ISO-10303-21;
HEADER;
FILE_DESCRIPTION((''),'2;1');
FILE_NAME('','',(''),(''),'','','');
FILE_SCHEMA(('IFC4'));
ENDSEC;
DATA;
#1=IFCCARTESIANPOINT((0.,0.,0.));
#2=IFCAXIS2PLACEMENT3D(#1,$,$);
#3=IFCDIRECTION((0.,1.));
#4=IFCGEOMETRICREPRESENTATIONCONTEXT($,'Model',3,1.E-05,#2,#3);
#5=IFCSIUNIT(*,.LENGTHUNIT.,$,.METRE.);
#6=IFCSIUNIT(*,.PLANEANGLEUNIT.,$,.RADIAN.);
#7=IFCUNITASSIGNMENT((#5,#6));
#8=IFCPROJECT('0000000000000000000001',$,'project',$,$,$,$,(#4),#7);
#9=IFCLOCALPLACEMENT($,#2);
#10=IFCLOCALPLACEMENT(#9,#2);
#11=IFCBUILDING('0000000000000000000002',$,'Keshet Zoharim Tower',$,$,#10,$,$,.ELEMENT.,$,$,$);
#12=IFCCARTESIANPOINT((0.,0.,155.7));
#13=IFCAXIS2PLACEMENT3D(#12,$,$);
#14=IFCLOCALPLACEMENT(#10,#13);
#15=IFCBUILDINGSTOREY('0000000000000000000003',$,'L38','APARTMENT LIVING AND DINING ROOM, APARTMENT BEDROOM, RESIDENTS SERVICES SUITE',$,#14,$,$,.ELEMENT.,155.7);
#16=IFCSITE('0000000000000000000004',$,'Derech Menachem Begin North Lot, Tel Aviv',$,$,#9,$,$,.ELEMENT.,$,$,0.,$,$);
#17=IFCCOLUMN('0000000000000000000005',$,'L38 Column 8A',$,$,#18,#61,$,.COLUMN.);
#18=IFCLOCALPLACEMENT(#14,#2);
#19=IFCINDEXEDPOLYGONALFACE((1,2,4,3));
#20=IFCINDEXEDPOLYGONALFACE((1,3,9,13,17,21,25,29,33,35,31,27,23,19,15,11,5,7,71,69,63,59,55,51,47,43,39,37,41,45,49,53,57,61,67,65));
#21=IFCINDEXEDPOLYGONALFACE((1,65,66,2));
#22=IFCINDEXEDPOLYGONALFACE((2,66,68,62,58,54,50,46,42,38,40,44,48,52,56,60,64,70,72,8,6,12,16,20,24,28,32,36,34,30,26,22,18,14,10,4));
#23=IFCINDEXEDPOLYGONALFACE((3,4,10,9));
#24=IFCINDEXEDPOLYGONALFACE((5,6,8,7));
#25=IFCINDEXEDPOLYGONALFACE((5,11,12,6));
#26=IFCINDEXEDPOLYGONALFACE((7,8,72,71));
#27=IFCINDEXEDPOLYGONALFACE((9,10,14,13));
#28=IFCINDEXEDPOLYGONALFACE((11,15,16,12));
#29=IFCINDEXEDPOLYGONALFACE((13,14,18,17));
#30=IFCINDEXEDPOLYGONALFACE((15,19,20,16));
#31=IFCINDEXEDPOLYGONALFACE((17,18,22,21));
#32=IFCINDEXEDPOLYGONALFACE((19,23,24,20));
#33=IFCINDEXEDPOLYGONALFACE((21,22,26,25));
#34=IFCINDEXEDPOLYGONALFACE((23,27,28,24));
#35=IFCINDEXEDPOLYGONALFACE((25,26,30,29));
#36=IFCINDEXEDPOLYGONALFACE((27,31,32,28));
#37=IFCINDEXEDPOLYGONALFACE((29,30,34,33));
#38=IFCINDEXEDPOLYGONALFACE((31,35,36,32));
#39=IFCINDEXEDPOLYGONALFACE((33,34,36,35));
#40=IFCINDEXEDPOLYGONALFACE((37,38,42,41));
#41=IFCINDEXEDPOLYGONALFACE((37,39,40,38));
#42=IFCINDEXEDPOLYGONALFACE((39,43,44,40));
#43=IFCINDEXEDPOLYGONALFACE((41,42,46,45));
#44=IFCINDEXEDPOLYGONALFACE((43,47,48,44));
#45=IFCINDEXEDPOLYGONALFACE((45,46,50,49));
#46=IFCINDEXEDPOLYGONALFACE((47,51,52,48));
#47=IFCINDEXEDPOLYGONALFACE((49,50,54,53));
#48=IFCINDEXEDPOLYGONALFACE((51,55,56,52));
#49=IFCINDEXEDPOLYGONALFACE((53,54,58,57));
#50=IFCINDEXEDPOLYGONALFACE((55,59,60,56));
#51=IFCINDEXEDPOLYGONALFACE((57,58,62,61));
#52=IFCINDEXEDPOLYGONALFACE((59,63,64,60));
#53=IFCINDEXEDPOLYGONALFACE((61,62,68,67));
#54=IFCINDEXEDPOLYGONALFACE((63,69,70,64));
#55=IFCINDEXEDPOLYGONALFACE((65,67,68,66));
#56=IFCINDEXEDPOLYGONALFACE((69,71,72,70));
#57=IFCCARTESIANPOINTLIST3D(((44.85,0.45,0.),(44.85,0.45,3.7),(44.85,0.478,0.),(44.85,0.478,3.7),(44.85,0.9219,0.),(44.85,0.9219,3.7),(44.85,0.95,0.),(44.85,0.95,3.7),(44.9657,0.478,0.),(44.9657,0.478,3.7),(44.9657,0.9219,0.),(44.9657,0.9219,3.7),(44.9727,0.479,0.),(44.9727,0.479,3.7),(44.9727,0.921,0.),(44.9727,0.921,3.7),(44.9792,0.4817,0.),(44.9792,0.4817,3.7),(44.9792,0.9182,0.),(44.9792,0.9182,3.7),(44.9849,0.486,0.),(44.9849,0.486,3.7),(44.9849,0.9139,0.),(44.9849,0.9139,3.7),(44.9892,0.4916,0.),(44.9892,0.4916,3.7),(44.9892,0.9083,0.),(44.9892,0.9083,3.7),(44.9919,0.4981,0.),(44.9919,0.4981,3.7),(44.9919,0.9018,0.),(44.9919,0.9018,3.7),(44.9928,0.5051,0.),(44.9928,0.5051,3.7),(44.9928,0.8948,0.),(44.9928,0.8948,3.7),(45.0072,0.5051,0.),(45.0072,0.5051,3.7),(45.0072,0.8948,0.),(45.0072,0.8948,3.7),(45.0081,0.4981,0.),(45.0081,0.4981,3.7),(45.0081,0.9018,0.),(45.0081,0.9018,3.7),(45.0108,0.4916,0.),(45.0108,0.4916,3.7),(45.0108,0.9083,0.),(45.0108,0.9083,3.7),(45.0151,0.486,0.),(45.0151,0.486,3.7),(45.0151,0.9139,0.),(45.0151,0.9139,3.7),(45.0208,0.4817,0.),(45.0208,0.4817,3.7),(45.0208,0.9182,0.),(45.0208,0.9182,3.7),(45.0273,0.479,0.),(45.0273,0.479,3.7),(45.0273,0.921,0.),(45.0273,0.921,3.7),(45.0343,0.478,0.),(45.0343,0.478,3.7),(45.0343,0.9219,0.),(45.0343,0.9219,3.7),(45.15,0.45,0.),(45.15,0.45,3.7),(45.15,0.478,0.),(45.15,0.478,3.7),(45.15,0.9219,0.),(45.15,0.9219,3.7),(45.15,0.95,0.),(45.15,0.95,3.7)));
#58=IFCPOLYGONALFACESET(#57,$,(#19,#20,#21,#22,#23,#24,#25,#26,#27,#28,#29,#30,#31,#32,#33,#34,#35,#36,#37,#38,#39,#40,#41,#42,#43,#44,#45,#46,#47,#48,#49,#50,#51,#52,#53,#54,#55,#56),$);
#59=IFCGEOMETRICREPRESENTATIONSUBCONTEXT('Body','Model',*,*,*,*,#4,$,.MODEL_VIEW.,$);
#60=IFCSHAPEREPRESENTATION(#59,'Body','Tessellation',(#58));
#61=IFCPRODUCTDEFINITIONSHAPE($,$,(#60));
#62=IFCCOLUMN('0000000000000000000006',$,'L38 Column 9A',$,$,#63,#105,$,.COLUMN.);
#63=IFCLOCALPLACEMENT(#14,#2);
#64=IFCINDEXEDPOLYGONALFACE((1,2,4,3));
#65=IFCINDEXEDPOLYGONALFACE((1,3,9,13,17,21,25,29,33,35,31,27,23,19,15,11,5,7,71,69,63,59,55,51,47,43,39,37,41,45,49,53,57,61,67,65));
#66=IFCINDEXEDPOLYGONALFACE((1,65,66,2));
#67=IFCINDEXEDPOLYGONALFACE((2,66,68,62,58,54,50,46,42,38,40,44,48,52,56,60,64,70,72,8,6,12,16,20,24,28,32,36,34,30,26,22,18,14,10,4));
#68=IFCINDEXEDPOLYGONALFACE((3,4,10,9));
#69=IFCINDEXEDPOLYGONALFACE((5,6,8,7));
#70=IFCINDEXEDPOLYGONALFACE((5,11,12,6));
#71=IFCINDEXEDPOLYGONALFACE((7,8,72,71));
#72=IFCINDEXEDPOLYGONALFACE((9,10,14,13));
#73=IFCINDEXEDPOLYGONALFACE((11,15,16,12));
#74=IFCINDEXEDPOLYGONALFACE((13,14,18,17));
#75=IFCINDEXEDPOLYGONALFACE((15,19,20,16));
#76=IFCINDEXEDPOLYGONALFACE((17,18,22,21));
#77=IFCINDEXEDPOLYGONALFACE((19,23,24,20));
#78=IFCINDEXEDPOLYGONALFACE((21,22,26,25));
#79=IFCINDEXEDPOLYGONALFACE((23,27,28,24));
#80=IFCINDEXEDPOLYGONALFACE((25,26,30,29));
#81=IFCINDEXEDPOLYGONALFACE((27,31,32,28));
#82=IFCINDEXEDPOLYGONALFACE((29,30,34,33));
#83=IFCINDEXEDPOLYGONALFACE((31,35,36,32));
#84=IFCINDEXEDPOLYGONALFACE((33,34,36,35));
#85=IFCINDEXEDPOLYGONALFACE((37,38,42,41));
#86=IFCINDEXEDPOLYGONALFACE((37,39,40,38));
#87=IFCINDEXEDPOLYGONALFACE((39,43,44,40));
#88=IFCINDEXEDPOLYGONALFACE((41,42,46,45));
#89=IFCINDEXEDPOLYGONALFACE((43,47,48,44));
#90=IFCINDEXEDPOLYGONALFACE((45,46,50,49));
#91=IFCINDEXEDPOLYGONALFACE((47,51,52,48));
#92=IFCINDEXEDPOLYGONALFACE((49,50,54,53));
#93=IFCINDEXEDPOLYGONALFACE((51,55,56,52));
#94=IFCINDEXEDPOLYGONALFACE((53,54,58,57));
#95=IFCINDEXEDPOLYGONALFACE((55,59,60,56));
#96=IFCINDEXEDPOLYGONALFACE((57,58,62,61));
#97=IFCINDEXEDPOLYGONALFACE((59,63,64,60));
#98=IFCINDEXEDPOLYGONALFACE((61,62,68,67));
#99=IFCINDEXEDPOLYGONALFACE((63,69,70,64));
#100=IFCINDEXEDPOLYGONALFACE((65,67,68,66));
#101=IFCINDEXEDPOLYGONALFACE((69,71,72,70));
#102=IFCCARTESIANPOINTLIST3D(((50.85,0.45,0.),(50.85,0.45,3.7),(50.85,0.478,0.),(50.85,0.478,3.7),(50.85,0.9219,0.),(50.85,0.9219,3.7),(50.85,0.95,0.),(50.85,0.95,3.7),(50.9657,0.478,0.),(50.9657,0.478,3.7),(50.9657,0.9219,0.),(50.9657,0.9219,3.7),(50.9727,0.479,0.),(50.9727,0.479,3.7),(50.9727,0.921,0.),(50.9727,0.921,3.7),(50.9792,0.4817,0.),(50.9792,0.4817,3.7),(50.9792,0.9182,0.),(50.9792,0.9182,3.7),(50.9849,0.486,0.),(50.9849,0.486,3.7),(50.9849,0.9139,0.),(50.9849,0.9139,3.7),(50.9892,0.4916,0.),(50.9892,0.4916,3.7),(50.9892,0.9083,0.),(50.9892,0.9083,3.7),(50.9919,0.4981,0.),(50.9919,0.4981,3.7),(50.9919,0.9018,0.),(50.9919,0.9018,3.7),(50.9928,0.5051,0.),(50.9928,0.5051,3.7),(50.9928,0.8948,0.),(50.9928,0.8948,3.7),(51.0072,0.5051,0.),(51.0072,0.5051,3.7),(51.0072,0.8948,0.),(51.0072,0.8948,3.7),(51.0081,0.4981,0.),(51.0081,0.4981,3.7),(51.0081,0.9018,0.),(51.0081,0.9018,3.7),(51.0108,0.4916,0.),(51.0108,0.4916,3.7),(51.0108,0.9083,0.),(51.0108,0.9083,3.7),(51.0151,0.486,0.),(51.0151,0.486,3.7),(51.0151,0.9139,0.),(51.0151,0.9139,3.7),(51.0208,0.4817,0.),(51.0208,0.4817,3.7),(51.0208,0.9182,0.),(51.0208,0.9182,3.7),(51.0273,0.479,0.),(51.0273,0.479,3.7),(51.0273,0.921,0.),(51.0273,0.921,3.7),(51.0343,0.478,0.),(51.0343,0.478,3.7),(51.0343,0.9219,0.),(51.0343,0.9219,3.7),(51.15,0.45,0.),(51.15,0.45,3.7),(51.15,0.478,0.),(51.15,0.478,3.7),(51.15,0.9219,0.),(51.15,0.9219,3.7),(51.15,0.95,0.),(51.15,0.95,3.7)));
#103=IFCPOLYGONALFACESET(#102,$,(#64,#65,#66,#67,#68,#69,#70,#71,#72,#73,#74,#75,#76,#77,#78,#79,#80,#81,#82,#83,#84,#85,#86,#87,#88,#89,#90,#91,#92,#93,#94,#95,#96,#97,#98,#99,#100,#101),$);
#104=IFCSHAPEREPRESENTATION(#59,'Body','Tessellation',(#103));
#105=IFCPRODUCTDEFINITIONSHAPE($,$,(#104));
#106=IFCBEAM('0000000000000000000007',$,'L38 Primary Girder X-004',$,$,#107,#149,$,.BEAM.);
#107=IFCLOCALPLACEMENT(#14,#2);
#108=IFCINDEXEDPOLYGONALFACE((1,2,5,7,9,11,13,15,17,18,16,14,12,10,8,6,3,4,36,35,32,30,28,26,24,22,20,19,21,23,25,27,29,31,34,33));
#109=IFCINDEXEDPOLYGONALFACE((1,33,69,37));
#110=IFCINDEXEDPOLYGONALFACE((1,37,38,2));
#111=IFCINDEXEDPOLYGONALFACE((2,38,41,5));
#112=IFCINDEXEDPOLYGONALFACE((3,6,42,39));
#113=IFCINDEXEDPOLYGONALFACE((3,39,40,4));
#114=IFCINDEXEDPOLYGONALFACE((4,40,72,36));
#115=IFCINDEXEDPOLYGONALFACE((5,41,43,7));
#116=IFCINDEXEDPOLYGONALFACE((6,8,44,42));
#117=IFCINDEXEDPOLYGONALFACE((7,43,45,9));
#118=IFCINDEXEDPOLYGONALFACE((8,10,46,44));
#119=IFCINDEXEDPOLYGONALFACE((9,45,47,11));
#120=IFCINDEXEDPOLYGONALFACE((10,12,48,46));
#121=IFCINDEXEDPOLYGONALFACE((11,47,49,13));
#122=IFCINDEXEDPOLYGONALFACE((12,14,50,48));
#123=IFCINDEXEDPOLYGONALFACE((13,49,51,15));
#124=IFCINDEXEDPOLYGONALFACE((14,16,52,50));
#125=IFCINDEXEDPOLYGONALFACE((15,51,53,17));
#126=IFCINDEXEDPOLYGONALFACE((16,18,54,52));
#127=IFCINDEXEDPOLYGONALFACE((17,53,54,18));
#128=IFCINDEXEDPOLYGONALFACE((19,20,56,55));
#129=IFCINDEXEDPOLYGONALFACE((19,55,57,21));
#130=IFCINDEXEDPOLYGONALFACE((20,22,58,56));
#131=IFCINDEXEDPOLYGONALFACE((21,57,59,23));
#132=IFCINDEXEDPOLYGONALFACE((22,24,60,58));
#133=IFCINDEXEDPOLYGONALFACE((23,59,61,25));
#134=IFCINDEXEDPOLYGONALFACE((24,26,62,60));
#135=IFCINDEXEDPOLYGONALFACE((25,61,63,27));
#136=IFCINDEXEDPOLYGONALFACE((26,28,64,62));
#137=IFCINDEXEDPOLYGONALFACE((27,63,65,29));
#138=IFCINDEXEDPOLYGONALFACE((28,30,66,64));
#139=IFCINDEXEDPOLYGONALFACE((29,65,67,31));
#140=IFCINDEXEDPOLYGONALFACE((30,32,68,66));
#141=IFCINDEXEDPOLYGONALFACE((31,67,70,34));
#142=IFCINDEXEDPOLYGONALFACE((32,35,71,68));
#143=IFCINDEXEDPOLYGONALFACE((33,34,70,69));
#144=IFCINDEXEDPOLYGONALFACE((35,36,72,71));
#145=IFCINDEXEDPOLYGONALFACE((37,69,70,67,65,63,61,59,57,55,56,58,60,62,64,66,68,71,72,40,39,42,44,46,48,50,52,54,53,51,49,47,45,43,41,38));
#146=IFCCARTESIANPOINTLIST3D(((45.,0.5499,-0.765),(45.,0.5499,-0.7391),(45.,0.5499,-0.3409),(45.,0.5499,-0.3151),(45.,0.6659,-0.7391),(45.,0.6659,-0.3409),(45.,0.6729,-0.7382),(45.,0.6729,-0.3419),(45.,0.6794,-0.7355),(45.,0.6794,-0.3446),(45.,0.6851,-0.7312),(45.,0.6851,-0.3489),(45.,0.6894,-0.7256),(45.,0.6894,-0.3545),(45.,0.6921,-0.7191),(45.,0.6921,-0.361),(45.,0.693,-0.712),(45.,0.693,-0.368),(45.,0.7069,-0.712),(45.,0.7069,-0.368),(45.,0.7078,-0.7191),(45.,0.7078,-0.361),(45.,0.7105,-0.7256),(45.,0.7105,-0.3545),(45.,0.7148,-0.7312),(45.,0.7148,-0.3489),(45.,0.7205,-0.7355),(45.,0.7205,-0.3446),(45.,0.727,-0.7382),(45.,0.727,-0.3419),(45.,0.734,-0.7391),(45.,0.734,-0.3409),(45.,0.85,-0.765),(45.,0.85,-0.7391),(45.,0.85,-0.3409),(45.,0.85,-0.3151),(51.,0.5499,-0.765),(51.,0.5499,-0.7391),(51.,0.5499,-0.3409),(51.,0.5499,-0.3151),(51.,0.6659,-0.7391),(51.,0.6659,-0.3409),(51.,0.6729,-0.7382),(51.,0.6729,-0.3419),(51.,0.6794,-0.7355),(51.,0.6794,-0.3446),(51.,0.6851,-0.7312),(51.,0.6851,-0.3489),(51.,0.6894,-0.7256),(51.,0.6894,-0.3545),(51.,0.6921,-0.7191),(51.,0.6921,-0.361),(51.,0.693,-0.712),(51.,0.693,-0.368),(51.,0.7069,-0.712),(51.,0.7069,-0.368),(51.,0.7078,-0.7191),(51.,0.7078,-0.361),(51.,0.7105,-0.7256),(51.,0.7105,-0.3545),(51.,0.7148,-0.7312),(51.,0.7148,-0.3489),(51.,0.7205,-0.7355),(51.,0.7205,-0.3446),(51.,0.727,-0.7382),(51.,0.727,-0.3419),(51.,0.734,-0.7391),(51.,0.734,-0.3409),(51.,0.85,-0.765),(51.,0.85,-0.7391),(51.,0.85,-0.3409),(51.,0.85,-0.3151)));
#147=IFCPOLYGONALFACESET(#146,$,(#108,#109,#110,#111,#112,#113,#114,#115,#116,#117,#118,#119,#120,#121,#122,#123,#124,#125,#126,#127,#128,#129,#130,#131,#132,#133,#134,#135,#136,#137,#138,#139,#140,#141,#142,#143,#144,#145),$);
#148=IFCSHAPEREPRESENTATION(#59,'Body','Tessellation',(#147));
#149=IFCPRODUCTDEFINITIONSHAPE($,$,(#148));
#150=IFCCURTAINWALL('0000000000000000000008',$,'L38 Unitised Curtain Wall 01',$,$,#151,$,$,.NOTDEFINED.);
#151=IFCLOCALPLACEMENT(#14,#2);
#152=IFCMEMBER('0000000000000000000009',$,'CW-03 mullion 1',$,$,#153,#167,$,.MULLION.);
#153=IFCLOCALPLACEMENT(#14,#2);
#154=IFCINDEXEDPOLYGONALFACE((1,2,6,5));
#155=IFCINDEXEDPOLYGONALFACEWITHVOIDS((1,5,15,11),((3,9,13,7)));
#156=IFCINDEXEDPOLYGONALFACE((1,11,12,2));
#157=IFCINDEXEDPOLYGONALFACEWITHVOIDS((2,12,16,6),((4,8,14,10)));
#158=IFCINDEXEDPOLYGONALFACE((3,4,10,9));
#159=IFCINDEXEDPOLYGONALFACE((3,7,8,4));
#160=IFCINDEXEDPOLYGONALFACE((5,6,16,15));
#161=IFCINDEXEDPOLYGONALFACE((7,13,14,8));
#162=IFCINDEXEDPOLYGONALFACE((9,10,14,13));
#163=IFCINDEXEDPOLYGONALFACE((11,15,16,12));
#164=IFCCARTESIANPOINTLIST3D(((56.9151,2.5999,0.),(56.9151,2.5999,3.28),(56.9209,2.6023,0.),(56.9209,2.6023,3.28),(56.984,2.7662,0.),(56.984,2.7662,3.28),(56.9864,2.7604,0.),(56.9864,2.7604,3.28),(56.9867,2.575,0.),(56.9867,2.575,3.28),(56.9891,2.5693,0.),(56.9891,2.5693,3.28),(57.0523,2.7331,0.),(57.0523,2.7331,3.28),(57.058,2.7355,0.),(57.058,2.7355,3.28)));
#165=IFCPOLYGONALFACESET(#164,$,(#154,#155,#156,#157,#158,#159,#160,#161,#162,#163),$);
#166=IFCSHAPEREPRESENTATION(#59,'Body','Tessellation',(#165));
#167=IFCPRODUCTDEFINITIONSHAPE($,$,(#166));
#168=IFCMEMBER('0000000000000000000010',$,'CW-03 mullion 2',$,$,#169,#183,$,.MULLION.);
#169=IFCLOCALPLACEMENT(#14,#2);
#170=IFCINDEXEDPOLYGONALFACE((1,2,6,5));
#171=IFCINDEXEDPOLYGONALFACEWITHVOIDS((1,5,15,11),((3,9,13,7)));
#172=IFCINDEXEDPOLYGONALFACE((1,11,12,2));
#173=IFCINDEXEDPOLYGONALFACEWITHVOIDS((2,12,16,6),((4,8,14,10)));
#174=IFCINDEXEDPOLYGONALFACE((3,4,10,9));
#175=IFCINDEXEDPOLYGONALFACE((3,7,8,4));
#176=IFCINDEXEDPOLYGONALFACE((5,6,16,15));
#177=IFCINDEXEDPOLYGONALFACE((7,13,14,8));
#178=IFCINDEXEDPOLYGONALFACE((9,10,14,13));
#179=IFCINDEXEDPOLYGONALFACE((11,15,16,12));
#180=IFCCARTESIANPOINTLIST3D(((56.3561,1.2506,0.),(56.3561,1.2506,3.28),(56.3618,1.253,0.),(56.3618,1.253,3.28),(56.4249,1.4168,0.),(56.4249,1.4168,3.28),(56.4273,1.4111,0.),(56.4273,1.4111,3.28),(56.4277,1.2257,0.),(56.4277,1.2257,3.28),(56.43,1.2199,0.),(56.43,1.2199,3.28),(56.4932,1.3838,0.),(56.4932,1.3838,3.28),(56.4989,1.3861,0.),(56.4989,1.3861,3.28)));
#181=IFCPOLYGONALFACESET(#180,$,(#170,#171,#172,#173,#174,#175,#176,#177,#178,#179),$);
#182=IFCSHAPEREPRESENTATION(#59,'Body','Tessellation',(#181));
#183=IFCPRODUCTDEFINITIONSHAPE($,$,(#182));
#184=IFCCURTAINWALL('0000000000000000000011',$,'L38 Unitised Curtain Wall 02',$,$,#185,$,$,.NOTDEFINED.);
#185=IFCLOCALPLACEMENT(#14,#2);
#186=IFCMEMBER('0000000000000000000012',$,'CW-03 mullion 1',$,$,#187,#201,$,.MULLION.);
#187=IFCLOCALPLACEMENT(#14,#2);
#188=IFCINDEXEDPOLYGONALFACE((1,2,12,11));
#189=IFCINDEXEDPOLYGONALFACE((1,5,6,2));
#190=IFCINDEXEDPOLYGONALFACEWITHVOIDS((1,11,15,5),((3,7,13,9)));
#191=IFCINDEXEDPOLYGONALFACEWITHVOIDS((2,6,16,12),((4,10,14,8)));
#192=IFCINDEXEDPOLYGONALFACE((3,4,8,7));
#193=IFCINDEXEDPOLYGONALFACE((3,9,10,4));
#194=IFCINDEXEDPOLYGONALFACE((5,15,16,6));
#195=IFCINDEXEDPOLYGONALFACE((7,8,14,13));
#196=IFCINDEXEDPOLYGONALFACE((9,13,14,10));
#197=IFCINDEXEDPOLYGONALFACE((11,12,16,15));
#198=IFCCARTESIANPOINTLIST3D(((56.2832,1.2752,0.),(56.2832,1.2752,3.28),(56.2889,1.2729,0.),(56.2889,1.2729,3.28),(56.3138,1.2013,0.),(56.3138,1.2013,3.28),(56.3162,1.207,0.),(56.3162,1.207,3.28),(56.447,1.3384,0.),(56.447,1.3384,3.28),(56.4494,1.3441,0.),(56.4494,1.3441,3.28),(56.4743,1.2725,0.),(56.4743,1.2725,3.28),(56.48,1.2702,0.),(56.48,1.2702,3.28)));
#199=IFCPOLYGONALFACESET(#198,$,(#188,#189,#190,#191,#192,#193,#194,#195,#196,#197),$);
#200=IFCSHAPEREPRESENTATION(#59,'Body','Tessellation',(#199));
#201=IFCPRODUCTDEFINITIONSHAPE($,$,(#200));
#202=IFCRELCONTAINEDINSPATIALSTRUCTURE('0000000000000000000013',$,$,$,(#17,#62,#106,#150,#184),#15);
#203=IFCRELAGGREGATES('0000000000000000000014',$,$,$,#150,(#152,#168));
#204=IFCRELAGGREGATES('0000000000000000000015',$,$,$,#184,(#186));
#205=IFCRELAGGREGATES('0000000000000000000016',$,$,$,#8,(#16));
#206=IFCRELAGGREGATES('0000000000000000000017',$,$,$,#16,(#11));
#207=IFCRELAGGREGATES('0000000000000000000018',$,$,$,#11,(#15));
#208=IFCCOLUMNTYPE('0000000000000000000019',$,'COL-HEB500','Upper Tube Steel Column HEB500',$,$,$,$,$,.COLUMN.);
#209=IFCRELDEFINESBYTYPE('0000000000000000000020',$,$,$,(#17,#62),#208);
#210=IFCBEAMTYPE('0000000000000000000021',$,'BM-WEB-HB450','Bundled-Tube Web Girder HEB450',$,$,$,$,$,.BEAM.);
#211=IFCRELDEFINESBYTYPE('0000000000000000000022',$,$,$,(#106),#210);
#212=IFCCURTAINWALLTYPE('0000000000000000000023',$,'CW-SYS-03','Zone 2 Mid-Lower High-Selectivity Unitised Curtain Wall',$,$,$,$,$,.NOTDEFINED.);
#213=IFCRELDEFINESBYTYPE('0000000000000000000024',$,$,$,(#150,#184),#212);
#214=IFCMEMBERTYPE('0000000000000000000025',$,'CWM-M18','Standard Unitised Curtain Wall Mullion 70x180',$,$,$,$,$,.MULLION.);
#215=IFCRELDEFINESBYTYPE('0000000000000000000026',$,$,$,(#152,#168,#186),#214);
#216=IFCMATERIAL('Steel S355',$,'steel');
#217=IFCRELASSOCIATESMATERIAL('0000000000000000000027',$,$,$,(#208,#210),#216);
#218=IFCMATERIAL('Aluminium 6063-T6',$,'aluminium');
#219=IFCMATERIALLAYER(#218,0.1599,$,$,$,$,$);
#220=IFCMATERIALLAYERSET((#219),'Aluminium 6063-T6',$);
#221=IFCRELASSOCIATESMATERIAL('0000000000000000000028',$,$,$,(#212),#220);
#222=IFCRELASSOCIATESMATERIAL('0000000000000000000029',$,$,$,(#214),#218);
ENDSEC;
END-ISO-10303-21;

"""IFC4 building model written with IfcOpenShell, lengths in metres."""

from ifc_helpers import new_model, si_unit, direction, frame, origin, origin_2d, place, context, subcontext, project, spatial, hollow_rectangle, i_section, extrude, material, layer, layer_set, material_profile, profile_set, type_object, element, aggregate, save


model = new_model("IFC4")

# Units and contexts
model_context = context("Model", 3, precision=1e-05, world=origin(), true_north=direction((0.0, 1.0)))
body_context = subcontext(model_context, "Body", "Model", "MODEL_VIEW")
ifc_project = project(units=[si_unit("LENGTHUNIT", "METRE"), si_unit("PLANEANGLEUNIT", "RADIAN")], contexts=[model_context])

# Site, building, storey
site_placement = place(None, origin())
site = spatial("IfcSite", under=ifc_project, at=site_placement, Name="Derech Menachem Begin North Lot, Tel Aviv", CompositionType="ELEMENT", RefElevation=0.0)
building_placement = place(site_placement, origin())
building = spatial("IfcBuilding", under=site, at=building_placement, Name="Keshet Zoharim Tower", CompositionType="ELEMENT")
storey_placement = place(building_placement, frame((0.0, 0.0, 155.7)))
storey = spatial("IfcBuildingStorey", under=building, at=storey_placement, Name="L38", Description="APARTMENT LIVING AND DINING ROOM, APARTMENT BEDROOM, RESIDENTS SERVICES SUITE", CompositionType="ELEMENT", Elevation=155.7)

# Columns
ifc_material_1 = material(Name="Steel S355", Category="steel")
ifc_material_profile_1 = material_profile(ifc_material_1, i_section(OverallWidth=0.3, OverallDepth=0.5, WebThickness=0.0144, FlangeThickness=0.0281, FilletRadius=0.0271, at=origin_2d()), Name="HEB500")
ifc_profile_set_1 = profile_set([ifc_material_profile_1], Name="Steel S355")
column_type = type_object("IfcColumnType", Name="COL-HEB500", Description="Upper Tube Steel Column HEB500", PredefinedType="COLUMN", material=ifc_profile_set_1)
for number, where, z_axis, x_axis, name in (
    (1, (45.0, 0.7, 0.0), (0.0, 0.0, 1.0), (1.0, 0.0, 0.0), "L38 Column 8A"),
    (2, (51.0, 0.7, 0.0), (0.0, 0.0, 1.0), (1.0, 0.0, 0.0), "L38 Column 9A"),
):
    element("IfcColumn", number, at=place(storey_placement, frame(where, z_axis=z_axis, x_axis=x_axis)), inside=storey, type_object=column_type, Name=name, PredefinedType="COLUMN", context=body_context, shape_type="SweptSolid", body=[
        extrude(i_section(OverallWidth=0.3, OverallDepth=0.5, WebThickness=0.0144, FlangeThickness=0.0281, FilletRadius=0.0271, at=origin_2d()), origin(), (0.0, 0.0, 1.0), 3.7),
    ])

# Beam
ifc_material_profile_2 = material_profile(ifc_material_1, i_section(OverallWidth=0.3, OverallDepth=0.45, WebThickness=0.0139, FlangeThickness=0.0259, FilletRadius=0.0271, at=origin_2d()), Name="HEB450")
ifc_profile_set_2 = profile_set([ifc_material_profile_2], Name="Steel S355")
beam_type = type_object("IfcBeamType", Name="BM-WEB-HB450", Description="Bundled-Tube Web Girder HEB450", PredefinedType="BEAM", material=ifc_profile_set_2)
beam_placement = place(storey_placement, frame((45.0, 0.7, -0.54), z_axis=(1.0, 0.0, 0.0), x_axis=(0.0, 1.0, 0.0)))
element("IfcBeam", 3, at=beam_placement, inside=storey, type_object=beam_type, Name="L38 Primary Girder X-004", PredefinedType="BEAM", context=body_context, shape_type="SweptSolid", body=[
    extrude(i_section(OverallWidth=0.3, OverallDepth=0.45, WebThickness=0.0139, FlangeThickness=0.0259, FilletRadius=0.0271, at=origin_2d()), origin(), (0.0, 0.0, 1.0), 6.0),
])

# Curtain walls, members
ifc_material_2 = material(Name="Aluminium 6063-T6", Category="aluminium")
ifc_layer_1 = layer(ifc_material_2, 0.1599)
ifc_layer_set_1 = layer_set([ifc_layer_1], Name="Aluminium 6063-T6")
curtain_wall_type = type_object("IfcCurtainWallType", Name="CW-SYS-03", Description="Zone 2 Mid-Lower High-Selectivity Unitised Curtain Wall", PredefinedType="NOTDEFINED", material=ifc_layer_set_1)
curtain_wall_1_placement = place(storey_placement, origin())
curtain_wall_1 = element("IfcCurtainWall", 4, at=curtain_wall_1_placement, inside=storey, type_object=curtain_wall_type, Name="L38 Unitised Curtain Wall 01", PredefinedType="NOTDEFINED")
ifc_material_profile_3 = material_profile(ifc_material_2, hollow_rectangle(XDim=0.0801, YDim=0.1799, WallThickness=0.0044, at=origin_2d()), Name="MUL-80x180")
ifc_profile_set_3 = profile_set([ifc_material_profile_3], Name="Aluminium 6063-T6")
member_type_1 = type_object("IfcMemberType", Name="CWM-M18", Description="Standard Unitised Curtain Wall Mullion 70x180", PredefinedType="MULLION", material=ifc_profile_set_3)
member_1_placement = place(storey_placement, frame((56.9866, 2.6677, 0.0), z_axis=(0.0, 0.0, 1.0), x_axis=(0.92381, -0.382852, 0.0)))
member_1 = element("IfcMember", 5, at=member_1_placement, type_object=member_type_1, Name="CW-03 mullion 1", PredefinedType="MULLION", context=body_context, shape_type="SweptSolid", body=[
    extrude(hollow_rectangle(XDim=0.0801, YDim=0.1799, WallThickness=0.0044, at=origin_2d()), origin(), (0.0, 0.0, 1.0), 3.28),
])
member_2_placement = place(storey_placement, frame((56.4275, 1.3184, 0.0), z_axis=(0.0, 0.0, 1.0), x_axis=(0.92381, -0.382852, 0.0)))
member_2 = element("IfcMember", 6, at=member_2_placement, type_object=member_type_1, Name="CW-03 mullion 2", PredefinedType="MULLION", context=body_context, shape_type="SweptSolid", body=[
    extrude(hollow_rectangle(XDim=0.0801, YDim=0.1799, WallThickness=0.0044, at=origin_2d()), origin(), (0.0, 0.0, 1.0), 3.28),
])
curtain_wall_2_placement = place(storey_placement, origin())
curtain_wall_2 = element("IfcCurtainWall", 7, at=curtain_wall_2_placement, inside=storey, type_object=curtain_wall_type, Name="L38 Unitised Curtain Wall 02", PredefinedType="NOTDEFINED")
member_3_placement = place(storey_placement, frame((56.3816, 1.2727, 0.0), z_axis=(0.0, 0.0, 1.0), x_axis=(0.382852, -0.92381, 0.0)))
member_3 = element("IfcMember", 8, at=member_3_placement, type_object=member_type_1, Name="CW-03 mullion 1", PredefinedType="MULLION", context=body_context, shape_type="SweptSolid", body=[
    extrude(hollow_rectangle(XDim=0.0801, YDim=0.1799, WallThickness=0.0044, at=origin_2d()), origin(), (0.0, 0.0, 1.0), 3.28),
])

aggregate(curtain_wall_1, [member_1, member_2])
aggregate(curtain_wall_2, [member_3])

save(model, "model.ifc")
